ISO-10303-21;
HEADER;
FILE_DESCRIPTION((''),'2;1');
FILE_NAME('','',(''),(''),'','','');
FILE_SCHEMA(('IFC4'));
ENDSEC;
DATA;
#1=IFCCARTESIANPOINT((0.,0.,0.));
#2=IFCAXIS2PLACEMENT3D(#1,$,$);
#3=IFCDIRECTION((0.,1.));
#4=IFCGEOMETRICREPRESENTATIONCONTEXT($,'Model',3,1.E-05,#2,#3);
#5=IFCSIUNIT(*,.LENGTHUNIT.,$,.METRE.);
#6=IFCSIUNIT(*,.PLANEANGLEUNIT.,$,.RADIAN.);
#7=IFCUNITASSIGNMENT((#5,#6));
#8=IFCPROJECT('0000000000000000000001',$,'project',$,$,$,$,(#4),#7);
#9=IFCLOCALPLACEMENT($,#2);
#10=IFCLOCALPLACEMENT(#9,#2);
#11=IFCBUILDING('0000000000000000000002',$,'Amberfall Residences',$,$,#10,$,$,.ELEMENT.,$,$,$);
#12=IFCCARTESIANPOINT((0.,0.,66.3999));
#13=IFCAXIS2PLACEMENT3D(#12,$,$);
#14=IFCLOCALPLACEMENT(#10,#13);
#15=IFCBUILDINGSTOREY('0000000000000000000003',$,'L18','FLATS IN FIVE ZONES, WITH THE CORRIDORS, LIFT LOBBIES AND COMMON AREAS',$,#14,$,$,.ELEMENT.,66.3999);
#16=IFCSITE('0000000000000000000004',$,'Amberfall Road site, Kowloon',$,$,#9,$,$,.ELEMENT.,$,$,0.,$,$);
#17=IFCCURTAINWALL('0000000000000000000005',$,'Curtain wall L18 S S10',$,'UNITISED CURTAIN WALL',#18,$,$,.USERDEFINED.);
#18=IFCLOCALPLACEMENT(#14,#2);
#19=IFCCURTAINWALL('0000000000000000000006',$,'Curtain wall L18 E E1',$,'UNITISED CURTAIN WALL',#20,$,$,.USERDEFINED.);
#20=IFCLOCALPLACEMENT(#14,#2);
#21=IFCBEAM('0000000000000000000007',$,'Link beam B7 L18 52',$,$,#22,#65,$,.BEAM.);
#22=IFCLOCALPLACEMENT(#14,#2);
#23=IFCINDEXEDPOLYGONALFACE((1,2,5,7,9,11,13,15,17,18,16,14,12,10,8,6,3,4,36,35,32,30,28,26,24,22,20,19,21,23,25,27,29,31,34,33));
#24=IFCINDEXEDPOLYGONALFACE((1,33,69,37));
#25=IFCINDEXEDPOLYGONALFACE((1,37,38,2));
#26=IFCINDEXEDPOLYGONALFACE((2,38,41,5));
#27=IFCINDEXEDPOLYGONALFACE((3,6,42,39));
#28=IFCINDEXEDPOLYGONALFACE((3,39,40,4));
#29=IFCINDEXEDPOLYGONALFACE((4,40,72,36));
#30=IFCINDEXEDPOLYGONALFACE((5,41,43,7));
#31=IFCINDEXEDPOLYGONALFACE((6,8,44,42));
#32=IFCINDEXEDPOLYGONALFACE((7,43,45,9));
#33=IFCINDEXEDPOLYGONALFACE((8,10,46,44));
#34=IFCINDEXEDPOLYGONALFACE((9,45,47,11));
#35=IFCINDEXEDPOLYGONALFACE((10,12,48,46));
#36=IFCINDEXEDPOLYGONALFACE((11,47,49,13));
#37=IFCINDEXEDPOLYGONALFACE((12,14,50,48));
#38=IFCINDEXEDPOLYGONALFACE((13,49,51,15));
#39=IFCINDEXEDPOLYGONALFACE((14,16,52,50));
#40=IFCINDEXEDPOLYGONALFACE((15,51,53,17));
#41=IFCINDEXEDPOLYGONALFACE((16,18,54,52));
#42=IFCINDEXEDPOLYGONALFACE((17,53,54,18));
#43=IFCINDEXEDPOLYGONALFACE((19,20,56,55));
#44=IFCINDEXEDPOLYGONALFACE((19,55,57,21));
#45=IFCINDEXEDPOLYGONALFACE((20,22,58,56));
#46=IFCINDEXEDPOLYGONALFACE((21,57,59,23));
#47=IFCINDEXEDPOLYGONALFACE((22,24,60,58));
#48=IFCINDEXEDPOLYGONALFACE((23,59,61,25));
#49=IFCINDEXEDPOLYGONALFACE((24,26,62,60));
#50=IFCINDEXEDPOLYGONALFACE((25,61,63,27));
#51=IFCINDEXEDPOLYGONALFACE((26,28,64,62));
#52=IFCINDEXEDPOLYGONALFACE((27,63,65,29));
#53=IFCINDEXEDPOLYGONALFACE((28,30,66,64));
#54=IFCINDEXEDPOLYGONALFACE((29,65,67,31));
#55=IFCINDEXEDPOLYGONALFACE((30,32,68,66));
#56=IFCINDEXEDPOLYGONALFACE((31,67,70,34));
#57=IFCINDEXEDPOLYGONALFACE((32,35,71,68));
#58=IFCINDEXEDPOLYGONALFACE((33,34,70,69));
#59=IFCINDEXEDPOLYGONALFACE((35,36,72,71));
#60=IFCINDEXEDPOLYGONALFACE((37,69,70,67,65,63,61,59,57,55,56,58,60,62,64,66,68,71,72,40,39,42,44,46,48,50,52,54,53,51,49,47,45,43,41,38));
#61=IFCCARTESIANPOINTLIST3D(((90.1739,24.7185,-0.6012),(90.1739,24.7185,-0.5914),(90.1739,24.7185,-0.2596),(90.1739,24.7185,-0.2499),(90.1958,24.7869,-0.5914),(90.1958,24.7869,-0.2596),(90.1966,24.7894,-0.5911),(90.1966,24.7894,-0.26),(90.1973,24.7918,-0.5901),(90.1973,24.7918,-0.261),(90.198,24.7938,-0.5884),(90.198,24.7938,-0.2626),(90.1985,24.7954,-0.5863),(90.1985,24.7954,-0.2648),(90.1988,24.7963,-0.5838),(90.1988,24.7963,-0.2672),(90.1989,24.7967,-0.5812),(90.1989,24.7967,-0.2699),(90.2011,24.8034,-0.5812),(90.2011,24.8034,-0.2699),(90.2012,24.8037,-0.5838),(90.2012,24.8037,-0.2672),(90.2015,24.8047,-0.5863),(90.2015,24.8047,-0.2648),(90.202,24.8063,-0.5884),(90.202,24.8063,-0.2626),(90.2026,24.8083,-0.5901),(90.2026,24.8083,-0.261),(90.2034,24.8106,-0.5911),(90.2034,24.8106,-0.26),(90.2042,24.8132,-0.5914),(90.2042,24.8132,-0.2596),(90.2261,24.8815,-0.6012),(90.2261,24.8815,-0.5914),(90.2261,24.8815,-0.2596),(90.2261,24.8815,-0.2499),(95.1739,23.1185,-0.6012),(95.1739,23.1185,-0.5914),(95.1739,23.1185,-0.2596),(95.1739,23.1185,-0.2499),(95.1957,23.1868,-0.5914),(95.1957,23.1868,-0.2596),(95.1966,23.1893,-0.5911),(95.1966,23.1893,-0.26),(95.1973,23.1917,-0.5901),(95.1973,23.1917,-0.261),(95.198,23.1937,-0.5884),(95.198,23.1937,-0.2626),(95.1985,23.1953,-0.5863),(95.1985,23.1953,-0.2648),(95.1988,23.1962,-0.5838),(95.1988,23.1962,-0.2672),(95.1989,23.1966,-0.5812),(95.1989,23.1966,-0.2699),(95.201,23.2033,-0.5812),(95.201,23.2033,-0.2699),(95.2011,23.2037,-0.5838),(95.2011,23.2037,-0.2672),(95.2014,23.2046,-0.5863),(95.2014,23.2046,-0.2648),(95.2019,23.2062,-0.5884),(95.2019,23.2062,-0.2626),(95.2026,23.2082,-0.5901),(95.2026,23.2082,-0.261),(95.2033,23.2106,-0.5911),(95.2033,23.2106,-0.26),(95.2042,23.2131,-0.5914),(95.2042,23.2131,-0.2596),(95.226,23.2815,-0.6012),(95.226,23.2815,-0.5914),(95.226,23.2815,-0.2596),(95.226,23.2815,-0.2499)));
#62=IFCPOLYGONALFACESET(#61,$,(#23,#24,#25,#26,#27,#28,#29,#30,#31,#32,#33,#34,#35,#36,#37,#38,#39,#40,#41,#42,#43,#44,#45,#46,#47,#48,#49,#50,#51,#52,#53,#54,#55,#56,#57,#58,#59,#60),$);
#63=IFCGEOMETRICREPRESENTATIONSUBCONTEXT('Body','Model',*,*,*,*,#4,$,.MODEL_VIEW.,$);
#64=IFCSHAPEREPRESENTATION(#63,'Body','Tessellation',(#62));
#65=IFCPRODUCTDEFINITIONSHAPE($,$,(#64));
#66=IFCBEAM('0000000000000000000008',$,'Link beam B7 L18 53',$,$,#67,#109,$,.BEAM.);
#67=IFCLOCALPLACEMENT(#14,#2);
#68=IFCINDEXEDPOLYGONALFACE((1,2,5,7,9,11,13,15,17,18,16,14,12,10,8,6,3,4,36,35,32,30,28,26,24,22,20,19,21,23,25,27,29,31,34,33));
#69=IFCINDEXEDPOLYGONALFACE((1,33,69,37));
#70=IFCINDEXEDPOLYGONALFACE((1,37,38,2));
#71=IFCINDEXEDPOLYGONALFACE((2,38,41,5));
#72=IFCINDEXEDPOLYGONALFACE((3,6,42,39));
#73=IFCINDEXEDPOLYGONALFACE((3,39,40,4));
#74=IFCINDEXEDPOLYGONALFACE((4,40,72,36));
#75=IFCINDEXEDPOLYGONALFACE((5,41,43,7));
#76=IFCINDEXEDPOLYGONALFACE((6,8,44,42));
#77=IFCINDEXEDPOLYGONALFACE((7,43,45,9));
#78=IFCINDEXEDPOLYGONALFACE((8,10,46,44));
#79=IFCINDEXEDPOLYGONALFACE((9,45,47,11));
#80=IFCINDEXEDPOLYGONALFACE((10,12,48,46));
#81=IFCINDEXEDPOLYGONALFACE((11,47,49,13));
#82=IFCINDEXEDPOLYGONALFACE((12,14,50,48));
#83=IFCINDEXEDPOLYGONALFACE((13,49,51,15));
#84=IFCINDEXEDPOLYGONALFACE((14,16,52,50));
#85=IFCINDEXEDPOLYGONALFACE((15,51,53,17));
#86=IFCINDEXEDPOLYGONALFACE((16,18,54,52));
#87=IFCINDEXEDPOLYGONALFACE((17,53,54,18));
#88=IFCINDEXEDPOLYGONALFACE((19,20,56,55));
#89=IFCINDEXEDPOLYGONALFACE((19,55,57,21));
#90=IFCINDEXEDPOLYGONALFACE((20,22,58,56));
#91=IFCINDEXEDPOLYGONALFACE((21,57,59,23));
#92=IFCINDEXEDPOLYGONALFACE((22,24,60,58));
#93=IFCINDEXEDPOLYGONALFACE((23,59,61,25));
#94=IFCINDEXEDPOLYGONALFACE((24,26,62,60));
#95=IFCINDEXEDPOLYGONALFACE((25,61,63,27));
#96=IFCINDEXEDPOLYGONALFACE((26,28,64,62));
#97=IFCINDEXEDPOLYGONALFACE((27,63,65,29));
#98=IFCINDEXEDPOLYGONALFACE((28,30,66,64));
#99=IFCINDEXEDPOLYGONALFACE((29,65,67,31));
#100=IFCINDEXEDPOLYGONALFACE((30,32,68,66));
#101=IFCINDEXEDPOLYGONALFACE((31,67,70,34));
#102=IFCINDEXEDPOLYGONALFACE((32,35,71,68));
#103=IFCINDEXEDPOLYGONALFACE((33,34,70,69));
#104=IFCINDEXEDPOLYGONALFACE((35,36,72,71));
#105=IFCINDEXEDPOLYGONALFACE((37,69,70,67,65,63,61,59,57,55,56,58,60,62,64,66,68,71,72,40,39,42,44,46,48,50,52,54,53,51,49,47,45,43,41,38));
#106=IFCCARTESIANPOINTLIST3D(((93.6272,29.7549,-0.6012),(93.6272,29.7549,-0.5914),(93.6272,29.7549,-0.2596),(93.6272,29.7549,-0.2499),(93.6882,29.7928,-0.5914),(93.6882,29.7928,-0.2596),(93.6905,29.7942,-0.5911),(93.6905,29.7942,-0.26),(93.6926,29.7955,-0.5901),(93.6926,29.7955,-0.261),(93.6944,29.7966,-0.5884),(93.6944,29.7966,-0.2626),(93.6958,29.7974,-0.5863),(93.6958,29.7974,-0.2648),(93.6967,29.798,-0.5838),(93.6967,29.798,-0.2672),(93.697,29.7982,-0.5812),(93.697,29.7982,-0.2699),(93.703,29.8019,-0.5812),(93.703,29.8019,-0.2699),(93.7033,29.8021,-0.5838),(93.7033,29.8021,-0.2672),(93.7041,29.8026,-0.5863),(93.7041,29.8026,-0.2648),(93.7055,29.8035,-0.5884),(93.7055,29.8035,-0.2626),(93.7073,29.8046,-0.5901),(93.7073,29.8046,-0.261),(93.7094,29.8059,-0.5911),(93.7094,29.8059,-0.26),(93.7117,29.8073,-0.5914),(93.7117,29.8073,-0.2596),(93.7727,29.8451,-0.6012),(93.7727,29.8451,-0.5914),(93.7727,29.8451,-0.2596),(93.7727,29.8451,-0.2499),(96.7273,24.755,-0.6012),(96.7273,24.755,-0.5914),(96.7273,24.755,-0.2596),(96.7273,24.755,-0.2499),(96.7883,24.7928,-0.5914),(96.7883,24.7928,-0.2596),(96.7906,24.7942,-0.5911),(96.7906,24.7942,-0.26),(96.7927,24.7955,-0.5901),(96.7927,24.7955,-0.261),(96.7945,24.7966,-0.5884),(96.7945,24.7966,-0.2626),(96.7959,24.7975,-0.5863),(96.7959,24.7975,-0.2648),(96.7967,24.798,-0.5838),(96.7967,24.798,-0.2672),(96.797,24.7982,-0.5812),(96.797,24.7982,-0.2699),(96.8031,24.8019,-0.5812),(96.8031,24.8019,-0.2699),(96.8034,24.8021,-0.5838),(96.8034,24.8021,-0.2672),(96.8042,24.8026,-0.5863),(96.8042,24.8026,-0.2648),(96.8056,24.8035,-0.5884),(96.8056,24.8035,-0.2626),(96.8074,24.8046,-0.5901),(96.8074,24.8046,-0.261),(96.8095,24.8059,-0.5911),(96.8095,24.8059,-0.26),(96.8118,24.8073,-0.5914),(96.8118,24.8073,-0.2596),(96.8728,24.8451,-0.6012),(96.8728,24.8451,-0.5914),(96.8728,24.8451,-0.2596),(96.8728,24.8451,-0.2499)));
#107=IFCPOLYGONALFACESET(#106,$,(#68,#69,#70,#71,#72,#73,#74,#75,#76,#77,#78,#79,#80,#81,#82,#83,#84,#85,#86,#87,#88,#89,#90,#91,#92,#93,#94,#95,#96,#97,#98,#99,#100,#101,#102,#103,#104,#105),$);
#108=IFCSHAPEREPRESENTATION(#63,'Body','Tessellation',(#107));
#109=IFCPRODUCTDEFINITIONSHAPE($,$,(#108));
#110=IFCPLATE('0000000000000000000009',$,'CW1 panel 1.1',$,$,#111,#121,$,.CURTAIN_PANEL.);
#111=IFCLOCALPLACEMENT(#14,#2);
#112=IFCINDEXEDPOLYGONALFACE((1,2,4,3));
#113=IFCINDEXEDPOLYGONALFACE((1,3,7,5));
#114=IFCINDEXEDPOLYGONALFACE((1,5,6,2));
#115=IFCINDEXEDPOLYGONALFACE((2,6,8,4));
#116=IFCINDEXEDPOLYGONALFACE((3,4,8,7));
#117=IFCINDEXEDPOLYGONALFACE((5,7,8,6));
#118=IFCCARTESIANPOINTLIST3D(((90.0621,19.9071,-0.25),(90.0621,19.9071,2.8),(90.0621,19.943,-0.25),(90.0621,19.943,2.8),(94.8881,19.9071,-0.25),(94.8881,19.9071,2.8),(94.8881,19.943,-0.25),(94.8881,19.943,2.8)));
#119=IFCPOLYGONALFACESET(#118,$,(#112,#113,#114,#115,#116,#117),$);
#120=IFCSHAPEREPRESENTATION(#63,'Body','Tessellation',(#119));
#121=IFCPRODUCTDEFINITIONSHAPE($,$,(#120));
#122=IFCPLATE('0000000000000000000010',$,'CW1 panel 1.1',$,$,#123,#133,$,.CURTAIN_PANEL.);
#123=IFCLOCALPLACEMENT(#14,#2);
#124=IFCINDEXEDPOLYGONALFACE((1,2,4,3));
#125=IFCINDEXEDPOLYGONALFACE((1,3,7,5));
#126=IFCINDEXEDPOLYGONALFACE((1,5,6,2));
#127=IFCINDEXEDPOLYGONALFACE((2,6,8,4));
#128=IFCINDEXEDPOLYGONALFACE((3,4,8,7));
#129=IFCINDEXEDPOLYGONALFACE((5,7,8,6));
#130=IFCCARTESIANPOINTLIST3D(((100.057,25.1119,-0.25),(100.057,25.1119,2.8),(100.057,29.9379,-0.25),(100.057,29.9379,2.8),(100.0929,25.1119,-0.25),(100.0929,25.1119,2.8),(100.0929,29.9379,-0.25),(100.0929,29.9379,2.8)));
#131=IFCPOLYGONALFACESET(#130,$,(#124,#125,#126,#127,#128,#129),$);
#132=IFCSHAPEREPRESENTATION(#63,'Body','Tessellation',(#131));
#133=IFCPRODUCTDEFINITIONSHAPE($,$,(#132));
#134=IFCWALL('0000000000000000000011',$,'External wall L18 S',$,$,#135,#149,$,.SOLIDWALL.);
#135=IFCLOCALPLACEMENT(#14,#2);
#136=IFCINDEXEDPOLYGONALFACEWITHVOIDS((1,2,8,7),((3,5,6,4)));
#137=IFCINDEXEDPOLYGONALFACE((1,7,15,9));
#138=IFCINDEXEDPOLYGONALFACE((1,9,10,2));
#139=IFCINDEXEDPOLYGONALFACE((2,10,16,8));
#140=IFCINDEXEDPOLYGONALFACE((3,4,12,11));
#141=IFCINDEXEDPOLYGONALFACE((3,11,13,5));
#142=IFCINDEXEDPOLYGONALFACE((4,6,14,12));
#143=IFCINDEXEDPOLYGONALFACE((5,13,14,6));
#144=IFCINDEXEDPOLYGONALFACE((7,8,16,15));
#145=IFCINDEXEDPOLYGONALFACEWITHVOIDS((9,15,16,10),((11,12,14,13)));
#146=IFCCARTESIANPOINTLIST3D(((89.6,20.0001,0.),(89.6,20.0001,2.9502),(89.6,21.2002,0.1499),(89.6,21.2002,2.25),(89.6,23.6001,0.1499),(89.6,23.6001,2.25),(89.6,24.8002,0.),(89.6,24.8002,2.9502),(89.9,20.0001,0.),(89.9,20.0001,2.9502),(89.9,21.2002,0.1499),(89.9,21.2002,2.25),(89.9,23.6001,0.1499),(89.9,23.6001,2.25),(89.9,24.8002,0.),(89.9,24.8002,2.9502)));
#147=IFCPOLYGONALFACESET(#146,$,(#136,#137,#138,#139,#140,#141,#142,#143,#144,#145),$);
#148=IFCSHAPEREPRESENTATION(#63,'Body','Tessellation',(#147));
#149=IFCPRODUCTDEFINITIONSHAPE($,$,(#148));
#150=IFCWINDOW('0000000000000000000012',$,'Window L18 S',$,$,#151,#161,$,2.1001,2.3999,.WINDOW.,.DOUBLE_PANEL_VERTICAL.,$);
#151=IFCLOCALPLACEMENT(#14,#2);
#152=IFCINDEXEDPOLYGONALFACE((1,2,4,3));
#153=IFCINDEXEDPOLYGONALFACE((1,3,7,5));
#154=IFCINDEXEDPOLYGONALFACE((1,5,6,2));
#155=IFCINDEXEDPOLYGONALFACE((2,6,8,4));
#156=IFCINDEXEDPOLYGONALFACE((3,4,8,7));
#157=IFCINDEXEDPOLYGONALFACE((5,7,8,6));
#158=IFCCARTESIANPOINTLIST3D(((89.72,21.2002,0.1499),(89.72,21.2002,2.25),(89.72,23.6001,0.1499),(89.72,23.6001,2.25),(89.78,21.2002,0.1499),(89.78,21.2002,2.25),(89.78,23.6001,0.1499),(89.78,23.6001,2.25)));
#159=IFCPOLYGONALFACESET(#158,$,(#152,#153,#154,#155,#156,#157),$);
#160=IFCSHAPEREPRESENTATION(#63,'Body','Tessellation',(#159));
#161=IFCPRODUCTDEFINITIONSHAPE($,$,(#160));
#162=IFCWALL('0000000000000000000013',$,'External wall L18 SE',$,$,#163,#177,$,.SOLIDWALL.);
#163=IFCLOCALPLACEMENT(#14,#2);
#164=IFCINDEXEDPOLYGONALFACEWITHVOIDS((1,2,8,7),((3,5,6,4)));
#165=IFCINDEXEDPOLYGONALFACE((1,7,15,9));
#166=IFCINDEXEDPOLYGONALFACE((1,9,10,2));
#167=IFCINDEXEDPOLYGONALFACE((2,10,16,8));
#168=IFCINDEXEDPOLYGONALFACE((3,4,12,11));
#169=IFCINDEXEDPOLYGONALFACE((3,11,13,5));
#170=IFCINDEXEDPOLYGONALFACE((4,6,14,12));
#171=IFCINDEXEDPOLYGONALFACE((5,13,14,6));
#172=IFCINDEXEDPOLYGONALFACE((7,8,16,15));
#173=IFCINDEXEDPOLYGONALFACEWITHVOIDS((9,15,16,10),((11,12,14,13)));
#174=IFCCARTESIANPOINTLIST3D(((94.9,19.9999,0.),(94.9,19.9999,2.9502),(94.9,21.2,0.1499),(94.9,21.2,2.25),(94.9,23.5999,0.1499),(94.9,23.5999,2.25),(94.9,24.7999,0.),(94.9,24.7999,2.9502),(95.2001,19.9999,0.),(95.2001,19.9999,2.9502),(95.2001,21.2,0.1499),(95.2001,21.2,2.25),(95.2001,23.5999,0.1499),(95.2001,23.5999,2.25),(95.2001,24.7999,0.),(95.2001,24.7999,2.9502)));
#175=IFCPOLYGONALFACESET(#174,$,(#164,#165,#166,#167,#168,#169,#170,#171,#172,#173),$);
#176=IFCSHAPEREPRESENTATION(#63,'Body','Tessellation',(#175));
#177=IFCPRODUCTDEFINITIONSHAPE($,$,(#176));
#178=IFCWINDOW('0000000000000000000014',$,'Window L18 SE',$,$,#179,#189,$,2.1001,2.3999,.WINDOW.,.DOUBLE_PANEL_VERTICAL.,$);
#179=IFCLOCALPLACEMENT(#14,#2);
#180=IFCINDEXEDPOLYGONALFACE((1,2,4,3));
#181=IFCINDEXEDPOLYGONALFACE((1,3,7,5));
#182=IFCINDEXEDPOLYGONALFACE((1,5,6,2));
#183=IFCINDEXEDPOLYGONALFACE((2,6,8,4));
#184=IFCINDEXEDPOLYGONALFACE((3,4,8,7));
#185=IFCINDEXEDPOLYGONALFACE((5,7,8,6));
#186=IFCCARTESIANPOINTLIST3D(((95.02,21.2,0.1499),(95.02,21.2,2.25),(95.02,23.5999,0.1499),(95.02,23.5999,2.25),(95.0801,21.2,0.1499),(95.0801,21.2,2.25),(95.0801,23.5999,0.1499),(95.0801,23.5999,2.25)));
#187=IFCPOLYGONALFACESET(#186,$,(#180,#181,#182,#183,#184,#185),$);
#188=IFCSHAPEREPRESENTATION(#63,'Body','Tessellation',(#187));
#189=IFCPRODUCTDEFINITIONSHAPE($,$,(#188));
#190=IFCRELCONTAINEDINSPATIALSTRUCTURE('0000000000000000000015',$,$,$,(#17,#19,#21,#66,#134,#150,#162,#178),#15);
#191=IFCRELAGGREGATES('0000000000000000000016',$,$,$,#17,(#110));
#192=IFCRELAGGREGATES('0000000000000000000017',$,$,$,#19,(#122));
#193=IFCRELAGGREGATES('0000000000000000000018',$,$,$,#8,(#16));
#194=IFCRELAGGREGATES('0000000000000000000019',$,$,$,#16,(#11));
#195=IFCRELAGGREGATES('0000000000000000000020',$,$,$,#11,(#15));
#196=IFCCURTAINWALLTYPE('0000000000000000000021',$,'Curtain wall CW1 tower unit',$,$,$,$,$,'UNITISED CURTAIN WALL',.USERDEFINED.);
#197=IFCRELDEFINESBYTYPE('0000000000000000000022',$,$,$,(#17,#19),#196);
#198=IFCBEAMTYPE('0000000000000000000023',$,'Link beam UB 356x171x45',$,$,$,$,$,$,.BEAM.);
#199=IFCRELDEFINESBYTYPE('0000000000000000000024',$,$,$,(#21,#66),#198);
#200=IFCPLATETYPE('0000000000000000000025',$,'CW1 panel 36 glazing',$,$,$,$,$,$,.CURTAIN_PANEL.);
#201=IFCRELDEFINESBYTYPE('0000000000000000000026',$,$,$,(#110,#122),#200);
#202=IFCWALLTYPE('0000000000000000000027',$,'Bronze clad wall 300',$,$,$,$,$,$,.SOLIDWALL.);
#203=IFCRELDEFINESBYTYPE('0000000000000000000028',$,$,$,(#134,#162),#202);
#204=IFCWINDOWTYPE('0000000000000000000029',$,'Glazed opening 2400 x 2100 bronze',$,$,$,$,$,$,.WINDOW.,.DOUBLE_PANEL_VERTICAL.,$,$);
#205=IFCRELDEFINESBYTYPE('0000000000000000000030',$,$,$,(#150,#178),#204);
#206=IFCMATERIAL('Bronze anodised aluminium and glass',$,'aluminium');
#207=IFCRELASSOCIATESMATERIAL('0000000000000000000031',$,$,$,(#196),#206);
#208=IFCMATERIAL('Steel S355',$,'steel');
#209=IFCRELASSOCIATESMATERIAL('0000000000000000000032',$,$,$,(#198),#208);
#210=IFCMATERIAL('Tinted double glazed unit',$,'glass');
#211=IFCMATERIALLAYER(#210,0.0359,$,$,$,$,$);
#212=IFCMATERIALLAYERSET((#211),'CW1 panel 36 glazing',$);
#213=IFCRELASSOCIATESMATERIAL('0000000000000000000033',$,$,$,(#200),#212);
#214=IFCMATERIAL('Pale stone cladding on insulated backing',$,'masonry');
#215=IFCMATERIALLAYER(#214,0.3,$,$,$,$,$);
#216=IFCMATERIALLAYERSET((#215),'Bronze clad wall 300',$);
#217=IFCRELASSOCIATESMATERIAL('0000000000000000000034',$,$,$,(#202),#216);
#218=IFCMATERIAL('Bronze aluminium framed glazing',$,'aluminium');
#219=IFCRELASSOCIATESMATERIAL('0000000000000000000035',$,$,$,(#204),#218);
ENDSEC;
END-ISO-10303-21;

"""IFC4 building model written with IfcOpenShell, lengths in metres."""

from ifc_helpers import new_model, si_unit, direction, frame, frame_2d, origin, origin_2d, place, context, subcontext, project, spatial, rectangle, i_section, extrude, material, layer, layer_set, material_profile, profile_set, type_object, element, fill, aggregate, save


model = new_model("IFC4")

# Units and contexts
model_context = context("Model", 3, precision=1e-05, world=origin(), true_north=direction((0.0, 1.0)))
body_context = subcontext(model_context, "Body", "Model", "MODEL_VIEW")
ifc_project = project(units=[si_unit("LENGTHUNIT", "METRE"), si_unit("PLANEANGLEUNIT", "RADIAN")], contexts=[model_context])

# Site, building, storey
site_placement = place(None, origin())
site = spatial("IfcSite", under=ifc_project, at=site_placement, Name="Amberfall Road site, Kowloon", CompositionType="ELEMENT", RefElevation=0.0)
building_placement = place(site_placement, origin())
building = spatial("IfcBuilding", under=site, at=building_placement, Name="Amberfall Residences", CompositionType="ELEMENT")
storey_placement = place(building_placement, frame((0.0, 0.0, 66.3999)))
storey = spatial("IfcBuildingStorey", under=building, at=storey_placement, Name="L18", Description="FLATS IN FIVE ZONES, WITH THE CORRIDORS, LIFT LOBBIES AND COMMON AREAS", CompositionType="ELEMENT", Elevation=66.3999)

# Curtain walls
ifc_material_1 = material(Name="Bronze anodised aluminium and glass", Category="aluminium")
curtain_wall_type = type_object("IfcCurtainWallType", Name="Curtain wall CW1 tower unit", ElementType="UNITISED CURTAIN WALL", PredefinedType="USERDEFINED", material=ifc_material_1)
curtain_wall_1_placement = place(storey_placement, origin())
curtain_wall_1 = element("IfcCurtainWall", 1, at=curtain_wall_1_placement, inside=storey, type_object=curtain_wall_type, Name="Curtain wall L18 S S10", ObjectType="UNITISED CURTAIN WALL", PredefinedType="USERDEFINED")
curtain_wall_2_placement = place(storey_placement, origin())
curtain_wall_2 = element("IfcCurtainWall", 2, at=curtain_wall_2_placement, inside=storey, type_object=curtain_wall_type, Name="Curtain wall L18 E E1", ObjectType="UNITISED CURTAIN WALL", PredefinedType="USERDEFINED")

# Beams
ifc_material_2 = material(Name="Steel S355", Category="steel")
ifc_material_profile_1 = material_profile(ifc_material_2, i_section(OverallWidth=0.1711, OverallDepth=0.3513, WebThickness=0.0071, FlangeThickness=0.0098, FilletRadius=0.0103, at=origin_2d()), Name="UB 356x171x45")
ifc_profile_set_1 = profile_set([ifc_material_profile_1], Name="Steel S355")
beam_type_1 = type_object("IfcBeamType", Name="Link beam UB 356x171x45", PredefinedType="BEAM", material=ifc_profile_set_1)
beam_1_placement = place(storey_placement, frame((95.2, 23.2, -0.4255), z_axis=(-0.952419, 0.304793, 0.0), x_axis=(-0.304793, -0.952419, 0.0)))
element("IfcBeam", 3, at=beam_1_placement, inside=storey, type_object=beam_type_1, Name="Link beam B7 L18 52", PredefinedType="BEAM", context=body_context, shape_type="SweptSolid", body=[
    extrude(i_section(OverallWidth=0.1711, OverallDepth=0.3513, WebThickness=0.0071, FlangeThickness=0.0098, FilletRadius=0.0103, at=origin_2d()), origin(), (0.0, 0.0, 1.0), 5.2498),
])
beam_2_placement = place(storey_placement, frame((96.8, 24.8, -0.4255), z_axis=(-0.526952, 0.849895, 0.0), x_axis=(-0.849895, -0.526952, 0.0)))
element("IfcBeam", 4, at=beam_2_placement, inside=storey, type_object=beam_type_1, Name="Link beam B7 L18 53", PredefinedType="BEAM", context=body_context, shape_type="SweptSolid", body=[
    extrude(i_section(OverallWidth=0.1711, OverallDepth=0.3513, WebThickness=0.0071, FlangeThickness=0.0098, FilletRadius=0.0103, at=origin_2d()), origin(), (0.0, 0.0, 1.0), 5.8831),
])

# Plates
ifc_material_3 = material(Name="Tinted double glazed unit", Category="glass")
ifc_layer_1 = layer(ifc_material_3, 0.0359)
ifc_layer_set_1 = layer_set([ifc_layer_1], Name="CW1 panel 36 glazing")
plate_type = type_object("IfcPlateType", Name="CW1 panel 36 glazing", PredefinedType="CURTAIN_PANEL", material=ifc_layer_set_1)
plate_1_placement = place(storey_placement, frame((92.4751, 19.925, -0.25), z_axis=(0.0, 0.0, 1.0), x_axis=(1.0, 0.0, 0.0)))
plate_1 = element("IfcPlate", 5, at=plate_1_placement, type_object=plate_type, Name="CW1 panel 1.1", PredefinedType="CURTAIN_PANEL", context=body_context, shape_type="SweptSolid", body=[
    extrude(rectangle(XDim=4.8259, YDim=0.0359, at=origin_2d()), origin(), (0.0, 0.0, 1.0), 3.05),
])
aggregate(curtain_wall_1, [plate_1])
plate_2_placement = place(storey_placement, frame((100.075, 27.5249, -0.25), z_axis=(0.0, 0.0, 1.0), x_axis=(0.0, 1.0, 0.0)))
plate_2 = element("IfcPlate", 6, at=plate_2_placement, type_object=plate_type, Name="CW1 panel 1.1", PredefinedType="CURTAIN_PANEL", context=body_context, shape_type="SweptSolid", body=[
    extrude(rectangle(XDim=4.8259, YDim=0.0359, at=origin_2d()), origin(), (0.0, 0.0, 1.0), 3.05),
])
aggregate(curtain_wall_2, [plate_2])

# Walls, openings, windows
ifc_material_4 = material(Name="Pale stone cladding on insulated backing", Category="masonry")
ifc_layer_2 = layer(ifc_material_4, 0.3)
ifc_layer_set_2 = layer_set([ifc_layer_2], Name="Bronze clad wall 300")
wall_type_1 = type_object("IfcWallType", Name="Bronze clad wall 300", PredefinedType="SOLIDWALL", material=ifc_layer_set_2)
wall_1_placement = place(storey_placement, frame((89.75, 24.8, 0.0), z_axis=(0.0, 0.0, 1.0), x_axis=(0.0, -1.0, 0.0)))
wall_1 = element("IfcWall", 7, at=wall_1_placement, inside=storey, type_object=wall_type_1, Name="External wall L18 S", PredefinedType="SOLIDWALL", context=body_context, shape_type="SweptSolid", body=[
    extrude(rectangle(XDim=4.8, YDim=0.3, at=frame_2d((2.3999, 0.0))), origin(), (0.0, 0.0, 1.0), 2.9502),
])
opening_1_placement = place(wall_1_placement, frame((1.2, 0.0, 0.1499)))
opening_1 = element("IfcOpeningElement", 8, at=opening_1_placement, cuts=wall_1, PredefinedType="OPENING", context=body_context, shape_type="SweptSolid", body=[
    extrude(rectangle(XDim=2.3999, YDim=2.1001, at=frame_2d((1.2, 1.05))), frame((0.0, 0.1599, 0.0), z_axis=(0.0, -1.0, 0.0), x_axis=(1.0, 0.0, 0.0)), (0.0, 0.0, 1.0), 0.3201),
])
ifc_material_5 = material(Name="Bronze aluminium framed glazing", Category="aluminium")
window_type_1 = type_object("IfcWindowType", Name="Glazed opening 2400 x 2100 bronze", PartitioningType="DOUBLE_PANEL_VERTICAL", PredefinedType="WINDOW", material=ifc_material_5)
window_1_placement = place(opening_1_placement, origin())
window_1 = element("IfcWindow", 9, at=window_1_placement, inside=storey, type_object=window_type_1, Name="Window L18 S", OverallHeight=2.1001, OverallWidth=2.3999, PartitioningType="DOUBLE_PANEL_VERTICAL", PredefinedType="WINDOW", context=body_context, shape_type="SweptSolid", body=[
    extrude(rectangle(XDim=2.3999, YDim=2.1001, at=frame_2d((1.2, 1.05))), frame((0.0, 0.03, 0.0), z_axis=(0.0, -1.0, 0.0), x_axis=(1.0, 0.0, 0.0)), (0.0, 0.0, 1.0), 0.0601),
])
fill(opening_1, window_1)
wall_2_placement = place(storey_placement, frame((95.05, 20.0, 0.0), z_axis=(0.0, 0.0, 1.0), x_axis=(0.0, 1.0, 0.0)))
wall_2 = element("IfcWall", 10, at=wall_2_placement, inside=storey, type_object=wall_type_1, Name="External wall L18 SE", PredefinedType="SOLIDWALL", context=body_context, shape_type="SweptSolid", body=[
    extrude(rectangle(XDim=4.8, YDim=0.3, at=frame_2d((2.3999, 0.0))), origin(), (0.0, 0.0, 1.0), 2.9502),
])
opening_2_placement = place(wall_2_placement, frame((1.2, 0.0, 0.1499)))
opening_2 = element("IfcOpeningElement", 11, at=opening_2_placement, cuts=wall_2, PredefinedType="OPENING", context=body_context, shape_type="SweptSolid", body=[
    extrude(rectangle(XDim=2.3999, YDim=2.1001, at=frame_2d((1.2, 1.05))), frame((0.0, 0.1599, 0.0), z_axis=(0.0, -1.0, 0.0), x_axis=(1.0, 0.0, 0.0)), (0.0, 0.0, 1.0), 0.3201),
])
window_2_placement = place(opening_2_placement, origin())
window_2 = element("IfcWindow", 12, at=window_2_placement, inside=storey, type_object=window_type_1, Name="Window L18 SE", OverallHeight=2.1001, OverallWidth=2.3999, PartitioningType="DOUBLE_PANEL_VERTICAL", PredefinedType="WINDOW", context=body_context, shape_type="SweptSolid", body=[
    extrude(rectangle(XDim=2.3999, YDim=2.1001, at=frame_2d((1.2, 1.05))), frame((0.0, 0.03, 0.0), z_axis=(0.0, -1.0, 0.0), x_axis=(1.0, 0.0, 0.0)), (0.0, 0.0, 1.0), 0.0601),
])
fill(opening_2, window_2)

save(model, "model.ifc")
